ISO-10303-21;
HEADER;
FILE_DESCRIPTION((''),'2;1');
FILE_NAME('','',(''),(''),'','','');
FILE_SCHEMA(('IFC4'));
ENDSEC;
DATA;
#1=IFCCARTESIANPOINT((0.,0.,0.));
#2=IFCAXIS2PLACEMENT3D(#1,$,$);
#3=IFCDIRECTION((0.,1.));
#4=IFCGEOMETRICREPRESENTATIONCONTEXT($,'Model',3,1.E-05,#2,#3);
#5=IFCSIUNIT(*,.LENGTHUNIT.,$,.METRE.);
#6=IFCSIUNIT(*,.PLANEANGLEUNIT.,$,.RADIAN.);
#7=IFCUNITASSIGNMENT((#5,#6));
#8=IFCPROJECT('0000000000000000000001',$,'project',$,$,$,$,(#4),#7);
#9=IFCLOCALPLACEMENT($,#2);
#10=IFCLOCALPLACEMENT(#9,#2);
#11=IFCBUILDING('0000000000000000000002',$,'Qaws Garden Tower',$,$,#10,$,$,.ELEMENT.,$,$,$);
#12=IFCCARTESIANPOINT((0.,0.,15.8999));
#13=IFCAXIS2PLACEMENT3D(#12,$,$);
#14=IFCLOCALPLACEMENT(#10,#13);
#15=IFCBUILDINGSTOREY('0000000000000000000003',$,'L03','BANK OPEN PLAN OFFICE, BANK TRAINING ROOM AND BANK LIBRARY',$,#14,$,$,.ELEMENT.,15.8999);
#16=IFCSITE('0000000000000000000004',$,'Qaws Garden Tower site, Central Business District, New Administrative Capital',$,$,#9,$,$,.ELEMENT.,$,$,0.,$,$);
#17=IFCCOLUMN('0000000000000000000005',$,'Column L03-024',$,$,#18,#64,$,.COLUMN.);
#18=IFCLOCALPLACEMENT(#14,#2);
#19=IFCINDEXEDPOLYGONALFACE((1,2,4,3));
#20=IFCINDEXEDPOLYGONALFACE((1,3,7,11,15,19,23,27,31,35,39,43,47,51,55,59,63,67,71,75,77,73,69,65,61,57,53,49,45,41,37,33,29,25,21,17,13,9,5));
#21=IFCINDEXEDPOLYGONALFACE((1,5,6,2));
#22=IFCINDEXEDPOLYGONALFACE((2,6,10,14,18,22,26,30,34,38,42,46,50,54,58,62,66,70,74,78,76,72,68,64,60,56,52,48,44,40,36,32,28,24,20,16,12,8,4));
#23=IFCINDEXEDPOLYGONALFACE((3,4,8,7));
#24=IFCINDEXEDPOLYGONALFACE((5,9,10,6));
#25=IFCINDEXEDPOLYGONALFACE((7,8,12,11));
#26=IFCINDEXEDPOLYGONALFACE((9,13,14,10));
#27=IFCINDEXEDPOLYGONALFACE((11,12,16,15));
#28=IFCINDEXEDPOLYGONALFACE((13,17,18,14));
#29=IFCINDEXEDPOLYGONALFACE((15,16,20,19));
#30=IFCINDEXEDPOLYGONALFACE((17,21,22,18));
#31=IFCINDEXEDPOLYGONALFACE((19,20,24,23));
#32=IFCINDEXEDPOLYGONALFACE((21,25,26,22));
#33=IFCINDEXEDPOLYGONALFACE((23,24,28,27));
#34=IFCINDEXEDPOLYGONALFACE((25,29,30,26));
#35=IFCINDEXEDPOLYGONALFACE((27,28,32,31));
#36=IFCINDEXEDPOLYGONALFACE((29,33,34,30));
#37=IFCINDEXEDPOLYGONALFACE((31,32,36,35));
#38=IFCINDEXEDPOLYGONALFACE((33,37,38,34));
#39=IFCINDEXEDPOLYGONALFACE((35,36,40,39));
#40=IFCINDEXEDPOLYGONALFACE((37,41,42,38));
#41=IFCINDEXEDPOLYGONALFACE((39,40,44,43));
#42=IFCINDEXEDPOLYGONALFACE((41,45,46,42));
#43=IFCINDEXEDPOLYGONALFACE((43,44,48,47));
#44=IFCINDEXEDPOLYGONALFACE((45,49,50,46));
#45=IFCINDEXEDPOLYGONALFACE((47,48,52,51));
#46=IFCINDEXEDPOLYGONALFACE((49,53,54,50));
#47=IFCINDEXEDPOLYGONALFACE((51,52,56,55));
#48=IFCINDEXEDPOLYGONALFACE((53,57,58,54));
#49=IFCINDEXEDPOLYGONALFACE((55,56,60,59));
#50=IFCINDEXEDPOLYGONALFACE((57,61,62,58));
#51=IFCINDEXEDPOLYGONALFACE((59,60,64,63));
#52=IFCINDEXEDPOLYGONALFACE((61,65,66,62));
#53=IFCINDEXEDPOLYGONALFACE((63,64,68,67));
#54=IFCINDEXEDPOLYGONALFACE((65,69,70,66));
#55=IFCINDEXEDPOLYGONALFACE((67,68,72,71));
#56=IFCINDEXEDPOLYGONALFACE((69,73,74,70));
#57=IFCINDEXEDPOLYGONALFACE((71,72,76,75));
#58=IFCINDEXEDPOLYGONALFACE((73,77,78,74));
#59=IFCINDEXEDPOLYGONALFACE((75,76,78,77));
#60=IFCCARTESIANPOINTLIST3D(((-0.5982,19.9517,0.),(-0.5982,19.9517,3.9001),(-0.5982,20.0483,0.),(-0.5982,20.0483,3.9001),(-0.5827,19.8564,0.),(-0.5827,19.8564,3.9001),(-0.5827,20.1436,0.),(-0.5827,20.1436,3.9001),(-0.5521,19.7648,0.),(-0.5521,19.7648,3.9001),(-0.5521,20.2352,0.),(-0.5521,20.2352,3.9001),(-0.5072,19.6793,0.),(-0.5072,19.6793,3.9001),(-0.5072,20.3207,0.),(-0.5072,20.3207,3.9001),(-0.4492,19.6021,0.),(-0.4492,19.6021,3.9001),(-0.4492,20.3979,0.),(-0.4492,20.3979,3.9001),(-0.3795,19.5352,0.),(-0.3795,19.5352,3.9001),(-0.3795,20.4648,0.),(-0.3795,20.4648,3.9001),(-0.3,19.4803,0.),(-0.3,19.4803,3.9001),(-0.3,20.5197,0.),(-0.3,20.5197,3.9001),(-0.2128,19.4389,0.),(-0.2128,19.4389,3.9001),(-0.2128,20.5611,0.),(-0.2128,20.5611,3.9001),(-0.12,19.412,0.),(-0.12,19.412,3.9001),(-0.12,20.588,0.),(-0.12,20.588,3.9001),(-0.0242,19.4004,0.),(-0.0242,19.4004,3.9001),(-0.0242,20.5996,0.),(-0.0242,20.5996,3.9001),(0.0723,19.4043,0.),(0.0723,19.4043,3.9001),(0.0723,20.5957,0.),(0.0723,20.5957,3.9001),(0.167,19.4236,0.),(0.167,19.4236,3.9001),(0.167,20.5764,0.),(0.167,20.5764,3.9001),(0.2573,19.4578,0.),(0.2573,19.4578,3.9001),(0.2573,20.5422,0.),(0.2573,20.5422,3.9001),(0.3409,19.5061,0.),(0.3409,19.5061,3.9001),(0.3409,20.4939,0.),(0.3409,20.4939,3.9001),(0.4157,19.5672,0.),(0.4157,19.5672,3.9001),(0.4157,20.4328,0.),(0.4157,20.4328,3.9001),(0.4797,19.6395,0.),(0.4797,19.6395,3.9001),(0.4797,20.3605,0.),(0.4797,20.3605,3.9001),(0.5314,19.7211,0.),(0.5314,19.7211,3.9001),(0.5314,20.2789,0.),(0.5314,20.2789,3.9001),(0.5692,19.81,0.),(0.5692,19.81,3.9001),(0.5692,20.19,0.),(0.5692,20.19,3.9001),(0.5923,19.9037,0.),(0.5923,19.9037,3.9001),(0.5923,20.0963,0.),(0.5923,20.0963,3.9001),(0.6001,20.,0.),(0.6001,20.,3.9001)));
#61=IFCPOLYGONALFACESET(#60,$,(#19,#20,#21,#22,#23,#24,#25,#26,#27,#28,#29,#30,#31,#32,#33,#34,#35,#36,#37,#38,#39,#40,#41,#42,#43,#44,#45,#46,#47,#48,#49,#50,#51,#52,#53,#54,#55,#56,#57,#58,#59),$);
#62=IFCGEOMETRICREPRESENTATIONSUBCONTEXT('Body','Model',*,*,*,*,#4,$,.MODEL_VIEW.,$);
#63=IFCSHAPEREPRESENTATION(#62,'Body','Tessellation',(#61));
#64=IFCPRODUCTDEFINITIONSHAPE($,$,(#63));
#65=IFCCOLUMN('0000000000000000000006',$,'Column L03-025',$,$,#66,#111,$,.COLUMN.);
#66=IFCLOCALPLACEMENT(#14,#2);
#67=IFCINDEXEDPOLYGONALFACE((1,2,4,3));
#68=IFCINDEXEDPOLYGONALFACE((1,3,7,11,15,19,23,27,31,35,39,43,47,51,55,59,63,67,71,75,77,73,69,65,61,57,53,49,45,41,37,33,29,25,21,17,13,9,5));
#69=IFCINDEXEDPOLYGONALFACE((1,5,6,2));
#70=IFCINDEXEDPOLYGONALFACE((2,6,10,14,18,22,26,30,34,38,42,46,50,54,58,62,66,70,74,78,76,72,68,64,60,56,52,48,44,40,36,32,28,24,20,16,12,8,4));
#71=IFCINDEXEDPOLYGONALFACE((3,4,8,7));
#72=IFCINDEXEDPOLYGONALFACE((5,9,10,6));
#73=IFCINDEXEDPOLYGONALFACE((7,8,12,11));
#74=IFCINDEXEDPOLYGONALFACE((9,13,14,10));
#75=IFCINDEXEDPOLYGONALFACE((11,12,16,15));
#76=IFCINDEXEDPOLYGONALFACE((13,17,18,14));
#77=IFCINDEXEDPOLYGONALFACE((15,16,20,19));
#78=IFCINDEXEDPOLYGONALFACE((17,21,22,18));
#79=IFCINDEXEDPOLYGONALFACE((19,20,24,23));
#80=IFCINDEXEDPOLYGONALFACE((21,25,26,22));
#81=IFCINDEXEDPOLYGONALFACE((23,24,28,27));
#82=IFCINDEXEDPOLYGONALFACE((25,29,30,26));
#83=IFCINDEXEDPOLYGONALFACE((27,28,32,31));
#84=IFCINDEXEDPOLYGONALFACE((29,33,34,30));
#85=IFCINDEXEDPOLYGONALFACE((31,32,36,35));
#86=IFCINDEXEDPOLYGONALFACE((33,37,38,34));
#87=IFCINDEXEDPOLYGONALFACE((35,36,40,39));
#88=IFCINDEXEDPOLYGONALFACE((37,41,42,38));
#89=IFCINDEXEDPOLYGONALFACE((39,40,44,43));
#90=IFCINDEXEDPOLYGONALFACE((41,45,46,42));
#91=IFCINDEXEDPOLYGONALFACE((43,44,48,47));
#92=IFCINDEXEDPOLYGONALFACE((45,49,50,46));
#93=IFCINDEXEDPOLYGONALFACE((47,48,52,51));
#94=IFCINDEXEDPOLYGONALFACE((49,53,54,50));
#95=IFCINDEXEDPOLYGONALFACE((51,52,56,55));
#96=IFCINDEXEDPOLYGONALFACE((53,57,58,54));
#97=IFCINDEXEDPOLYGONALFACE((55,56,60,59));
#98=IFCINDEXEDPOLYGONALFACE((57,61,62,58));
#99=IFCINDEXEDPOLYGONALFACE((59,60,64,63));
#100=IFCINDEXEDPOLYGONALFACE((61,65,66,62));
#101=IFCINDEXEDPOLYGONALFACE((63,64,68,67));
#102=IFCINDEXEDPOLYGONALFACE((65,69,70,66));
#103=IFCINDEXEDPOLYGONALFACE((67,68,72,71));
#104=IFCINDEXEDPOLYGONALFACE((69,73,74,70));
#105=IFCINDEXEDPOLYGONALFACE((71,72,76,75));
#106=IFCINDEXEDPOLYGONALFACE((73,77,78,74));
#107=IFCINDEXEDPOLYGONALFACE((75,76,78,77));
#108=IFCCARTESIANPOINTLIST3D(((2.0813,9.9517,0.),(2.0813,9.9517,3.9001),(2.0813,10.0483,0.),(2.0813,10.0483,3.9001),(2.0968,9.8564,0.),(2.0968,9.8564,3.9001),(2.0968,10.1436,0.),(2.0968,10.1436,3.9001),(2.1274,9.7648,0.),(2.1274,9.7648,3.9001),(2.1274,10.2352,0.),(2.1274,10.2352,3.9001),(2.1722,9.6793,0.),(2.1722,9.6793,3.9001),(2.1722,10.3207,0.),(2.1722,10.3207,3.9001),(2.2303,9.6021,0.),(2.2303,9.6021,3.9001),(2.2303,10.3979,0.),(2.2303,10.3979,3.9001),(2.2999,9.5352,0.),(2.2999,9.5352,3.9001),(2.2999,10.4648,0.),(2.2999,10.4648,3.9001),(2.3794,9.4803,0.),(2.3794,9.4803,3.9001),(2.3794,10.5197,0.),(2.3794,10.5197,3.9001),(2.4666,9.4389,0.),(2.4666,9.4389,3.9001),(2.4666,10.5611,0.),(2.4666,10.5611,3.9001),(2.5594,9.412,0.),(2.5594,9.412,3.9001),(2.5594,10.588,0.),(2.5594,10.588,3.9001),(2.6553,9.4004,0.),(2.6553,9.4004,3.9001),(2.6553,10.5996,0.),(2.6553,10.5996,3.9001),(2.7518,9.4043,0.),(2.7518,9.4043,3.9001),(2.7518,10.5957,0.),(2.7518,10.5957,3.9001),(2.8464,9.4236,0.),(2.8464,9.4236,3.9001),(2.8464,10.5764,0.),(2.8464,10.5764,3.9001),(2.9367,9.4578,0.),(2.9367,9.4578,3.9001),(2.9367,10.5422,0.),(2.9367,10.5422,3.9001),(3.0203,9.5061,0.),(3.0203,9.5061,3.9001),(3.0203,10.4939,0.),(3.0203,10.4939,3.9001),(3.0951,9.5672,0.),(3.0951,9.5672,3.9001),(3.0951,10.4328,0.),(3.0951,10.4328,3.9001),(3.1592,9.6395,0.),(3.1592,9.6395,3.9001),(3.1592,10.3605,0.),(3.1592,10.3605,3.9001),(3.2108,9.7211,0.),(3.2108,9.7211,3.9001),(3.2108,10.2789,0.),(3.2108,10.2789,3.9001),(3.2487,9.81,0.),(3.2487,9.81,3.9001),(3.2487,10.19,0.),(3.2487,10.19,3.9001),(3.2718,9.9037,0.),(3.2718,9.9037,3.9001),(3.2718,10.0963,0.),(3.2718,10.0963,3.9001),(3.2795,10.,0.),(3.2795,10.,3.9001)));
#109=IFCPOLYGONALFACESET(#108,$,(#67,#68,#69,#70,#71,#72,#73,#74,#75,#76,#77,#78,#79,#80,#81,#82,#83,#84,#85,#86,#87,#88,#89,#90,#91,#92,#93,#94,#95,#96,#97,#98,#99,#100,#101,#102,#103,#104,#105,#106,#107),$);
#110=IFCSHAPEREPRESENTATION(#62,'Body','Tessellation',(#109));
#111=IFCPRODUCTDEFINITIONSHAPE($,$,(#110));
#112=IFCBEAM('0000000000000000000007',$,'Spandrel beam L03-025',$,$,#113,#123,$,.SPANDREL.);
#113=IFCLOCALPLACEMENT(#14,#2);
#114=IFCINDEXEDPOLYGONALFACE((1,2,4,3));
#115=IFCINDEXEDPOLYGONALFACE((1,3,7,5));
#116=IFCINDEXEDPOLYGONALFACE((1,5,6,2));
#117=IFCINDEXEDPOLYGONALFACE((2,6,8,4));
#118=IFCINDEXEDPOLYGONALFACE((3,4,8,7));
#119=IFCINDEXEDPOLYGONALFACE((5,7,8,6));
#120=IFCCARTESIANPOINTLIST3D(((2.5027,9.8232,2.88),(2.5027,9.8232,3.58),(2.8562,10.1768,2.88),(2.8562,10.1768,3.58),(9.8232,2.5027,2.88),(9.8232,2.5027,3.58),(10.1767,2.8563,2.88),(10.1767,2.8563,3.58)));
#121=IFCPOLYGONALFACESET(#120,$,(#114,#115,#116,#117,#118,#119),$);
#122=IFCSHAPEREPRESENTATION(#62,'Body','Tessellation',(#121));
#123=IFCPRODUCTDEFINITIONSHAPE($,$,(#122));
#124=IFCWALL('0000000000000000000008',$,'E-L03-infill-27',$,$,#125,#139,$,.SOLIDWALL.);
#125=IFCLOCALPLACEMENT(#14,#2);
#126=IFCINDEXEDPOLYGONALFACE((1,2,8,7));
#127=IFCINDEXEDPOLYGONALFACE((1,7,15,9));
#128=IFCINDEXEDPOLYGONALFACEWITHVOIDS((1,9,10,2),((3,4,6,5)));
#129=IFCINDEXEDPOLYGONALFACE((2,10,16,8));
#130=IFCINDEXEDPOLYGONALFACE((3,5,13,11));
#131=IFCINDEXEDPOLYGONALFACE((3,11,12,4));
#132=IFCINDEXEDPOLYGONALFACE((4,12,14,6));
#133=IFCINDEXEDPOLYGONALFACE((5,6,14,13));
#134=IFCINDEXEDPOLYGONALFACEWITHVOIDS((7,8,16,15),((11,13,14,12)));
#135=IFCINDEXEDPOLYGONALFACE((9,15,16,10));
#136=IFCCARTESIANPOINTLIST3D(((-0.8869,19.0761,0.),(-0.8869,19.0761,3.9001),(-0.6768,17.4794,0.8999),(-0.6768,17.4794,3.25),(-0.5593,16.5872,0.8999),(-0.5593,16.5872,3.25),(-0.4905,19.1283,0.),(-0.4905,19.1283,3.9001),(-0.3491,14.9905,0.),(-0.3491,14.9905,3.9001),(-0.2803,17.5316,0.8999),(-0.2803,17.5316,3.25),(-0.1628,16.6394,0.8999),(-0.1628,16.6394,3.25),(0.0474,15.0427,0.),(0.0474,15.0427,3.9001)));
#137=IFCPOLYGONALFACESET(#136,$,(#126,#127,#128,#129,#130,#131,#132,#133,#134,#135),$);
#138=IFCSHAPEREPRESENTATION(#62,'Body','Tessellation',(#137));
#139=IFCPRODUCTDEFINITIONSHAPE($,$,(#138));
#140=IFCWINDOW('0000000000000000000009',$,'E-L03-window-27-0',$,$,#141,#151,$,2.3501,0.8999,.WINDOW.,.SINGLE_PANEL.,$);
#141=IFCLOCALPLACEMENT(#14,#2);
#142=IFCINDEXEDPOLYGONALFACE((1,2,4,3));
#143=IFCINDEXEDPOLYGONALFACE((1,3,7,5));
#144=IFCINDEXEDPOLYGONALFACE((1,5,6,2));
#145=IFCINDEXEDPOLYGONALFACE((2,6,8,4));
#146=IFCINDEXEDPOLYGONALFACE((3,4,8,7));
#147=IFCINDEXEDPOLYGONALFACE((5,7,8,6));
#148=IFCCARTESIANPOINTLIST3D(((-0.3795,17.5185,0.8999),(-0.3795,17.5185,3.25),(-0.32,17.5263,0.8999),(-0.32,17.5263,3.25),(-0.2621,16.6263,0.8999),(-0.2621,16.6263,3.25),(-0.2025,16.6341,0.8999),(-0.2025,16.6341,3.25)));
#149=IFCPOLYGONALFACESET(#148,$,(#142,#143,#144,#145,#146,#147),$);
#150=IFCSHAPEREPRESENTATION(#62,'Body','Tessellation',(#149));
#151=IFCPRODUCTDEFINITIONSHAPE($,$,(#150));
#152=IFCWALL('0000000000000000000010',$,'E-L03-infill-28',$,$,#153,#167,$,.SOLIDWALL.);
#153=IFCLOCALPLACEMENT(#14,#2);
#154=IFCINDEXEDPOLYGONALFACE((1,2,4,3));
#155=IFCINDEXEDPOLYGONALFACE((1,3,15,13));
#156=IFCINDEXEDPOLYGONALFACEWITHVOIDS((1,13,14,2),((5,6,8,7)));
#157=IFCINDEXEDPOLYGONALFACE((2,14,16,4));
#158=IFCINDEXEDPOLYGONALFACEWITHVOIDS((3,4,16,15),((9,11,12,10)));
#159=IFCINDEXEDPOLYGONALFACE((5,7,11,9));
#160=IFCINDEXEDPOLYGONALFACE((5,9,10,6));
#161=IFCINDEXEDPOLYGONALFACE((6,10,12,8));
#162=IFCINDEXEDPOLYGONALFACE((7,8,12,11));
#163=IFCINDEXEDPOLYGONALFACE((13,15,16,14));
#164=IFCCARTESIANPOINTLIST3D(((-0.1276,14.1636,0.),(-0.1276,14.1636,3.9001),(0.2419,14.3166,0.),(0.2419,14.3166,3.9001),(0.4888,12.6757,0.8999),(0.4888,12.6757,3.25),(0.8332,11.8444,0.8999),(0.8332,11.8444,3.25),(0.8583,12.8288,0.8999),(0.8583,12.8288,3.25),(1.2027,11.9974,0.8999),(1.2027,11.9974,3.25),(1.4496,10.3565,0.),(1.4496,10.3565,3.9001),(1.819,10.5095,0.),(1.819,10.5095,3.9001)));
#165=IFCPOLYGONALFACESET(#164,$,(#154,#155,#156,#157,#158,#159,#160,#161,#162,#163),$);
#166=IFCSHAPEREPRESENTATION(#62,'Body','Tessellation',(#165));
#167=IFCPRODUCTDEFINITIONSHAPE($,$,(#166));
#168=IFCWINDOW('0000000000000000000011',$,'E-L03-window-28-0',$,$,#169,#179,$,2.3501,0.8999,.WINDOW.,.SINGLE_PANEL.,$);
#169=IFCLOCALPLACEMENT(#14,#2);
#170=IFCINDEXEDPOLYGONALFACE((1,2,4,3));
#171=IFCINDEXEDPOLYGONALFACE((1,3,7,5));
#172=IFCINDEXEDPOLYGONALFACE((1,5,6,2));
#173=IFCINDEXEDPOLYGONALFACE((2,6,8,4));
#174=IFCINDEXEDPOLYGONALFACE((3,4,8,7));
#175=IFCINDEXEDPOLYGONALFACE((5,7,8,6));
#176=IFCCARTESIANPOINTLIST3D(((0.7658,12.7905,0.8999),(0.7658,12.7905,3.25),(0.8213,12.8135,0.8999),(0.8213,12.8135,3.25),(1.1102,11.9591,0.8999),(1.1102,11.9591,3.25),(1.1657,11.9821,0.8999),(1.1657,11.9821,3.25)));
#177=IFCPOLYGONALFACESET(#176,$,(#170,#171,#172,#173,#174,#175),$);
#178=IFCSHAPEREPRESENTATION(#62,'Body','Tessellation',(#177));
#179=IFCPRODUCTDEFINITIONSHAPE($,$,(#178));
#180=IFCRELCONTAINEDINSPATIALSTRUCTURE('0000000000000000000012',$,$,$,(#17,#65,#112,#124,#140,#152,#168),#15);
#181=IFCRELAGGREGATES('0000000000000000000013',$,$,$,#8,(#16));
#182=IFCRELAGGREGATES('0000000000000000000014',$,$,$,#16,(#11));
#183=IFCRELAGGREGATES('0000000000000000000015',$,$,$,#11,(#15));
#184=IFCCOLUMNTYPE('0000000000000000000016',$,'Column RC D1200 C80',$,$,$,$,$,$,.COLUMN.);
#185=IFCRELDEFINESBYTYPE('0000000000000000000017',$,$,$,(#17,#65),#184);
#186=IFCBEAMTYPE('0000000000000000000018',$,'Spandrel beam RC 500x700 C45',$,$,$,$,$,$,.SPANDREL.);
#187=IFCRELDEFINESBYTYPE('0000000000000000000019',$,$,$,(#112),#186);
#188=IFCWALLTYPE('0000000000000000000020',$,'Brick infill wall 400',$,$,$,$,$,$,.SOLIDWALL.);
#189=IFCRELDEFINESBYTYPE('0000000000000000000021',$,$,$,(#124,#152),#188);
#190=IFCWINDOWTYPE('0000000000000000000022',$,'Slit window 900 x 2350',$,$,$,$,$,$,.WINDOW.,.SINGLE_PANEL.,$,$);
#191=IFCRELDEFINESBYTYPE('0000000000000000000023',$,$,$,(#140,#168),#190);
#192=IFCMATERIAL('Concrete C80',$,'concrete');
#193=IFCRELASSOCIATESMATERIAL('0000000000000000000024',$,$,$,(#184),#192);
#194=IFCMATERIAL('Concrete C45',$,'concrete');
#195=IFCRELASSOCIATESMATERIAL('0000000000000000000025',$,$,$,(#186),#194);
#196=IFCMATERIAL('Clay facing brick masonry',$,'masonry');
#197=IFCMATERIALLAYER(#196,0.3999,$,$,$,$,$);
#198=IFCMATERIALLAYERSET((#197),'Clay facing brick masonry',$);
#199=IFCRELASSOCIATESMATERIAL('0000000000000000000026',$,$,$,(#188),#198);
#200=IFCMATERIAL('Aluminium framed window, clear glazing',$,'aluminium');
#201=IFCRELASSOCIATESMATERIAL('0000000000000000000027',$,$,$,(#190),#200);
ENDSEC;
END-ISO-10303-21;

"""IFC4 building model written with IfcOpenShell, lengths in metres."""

from ifc_helpers import new_model, si_unit, direction, frame, frame_2d, origin, origin_2d, place, context, subcontext, project, spatial, rectangle, circle, extrude, material, layer, layer_set, material_profile, profile_set, type_object, element, fill, save


model = new_model("IFC4")

# Units and contexts
model_context = context("Model", 3, precision=1e-05, world=origin(), true_north=direction((0.0, 1.0)))
body_context = subcontext(model_context, "Body", "Model", "MODEL_VIEW")
ifc_project = project(units=[si_unit("LENGTHUNIT", "METRE"), si_unit("PLANEANGLEUNIT", "RADIAN")], contexts=[model_context])

# Site, building, storey
site_placement = place(None, origin())
site = spatial("IfcSite", under=ifc_project, at=site_placement, Name="Qaws Garden Tower site, Central Business District, New Administrative Capital", CompositionType="ELEMENT", RefElevation=0.0)
building_placement = place(site_placement, origin())
building = spatial("IfcBuilding", under=site, at=building_placement, Name="Qaws Garden Tower", CompositionType="ELEMENT")
storey_placement = place(building_placement, frame((0.0, 0.0, 15.8999)))
storey = spatial("IfcBuildingStorey", under=building, at=storey_placement, Name="L03", Description="BANK OPEN PLAN OFFICE, BANK TRAINING ROOM AND BANK LIBRARY", CompositionType="ELEMENT", Elevation=15.8999)

# Columns
ifc_material_1 = material(Name="Concrete C80", Category="concrete")
ifc_material_profile_1 = material_profile(ifc_material_1, circle(Radius=0.6001, at=origin_2d()), Name="RC D1200")
ifc_profile_set_1 = profile_set([ifc_material_profile_1], Name="Concrete C80")
column_type = type_object("IfcColumnType", Name="Column RC D1200 C80", PredefinedType="COLUMN", material=ifc_profile_set_1)
for number, where, z_axis, x_axis, name in (
    (1, (0.0, 20.0, 0.0), (0.0, 0.0, 1.0), (1.0, 0.0, 0.0), "Column L03-024"),
    (2, (2.6794, 10.0, 0.0), (0.0, 0.0, 1.0), (1.0, 0.0, 0.0), "Column L03-025"),
):
    element("IfcColumn", number, at=place(storey_placement, frame(where, z_axis=z_axis, x_axis=x_axis)), inside=storey, type_object=column_type, Name=name, PredefinedType="COLUMN", context=body_context, shape_type="SweptSolid", body=[
        extrude(circle(Radius=0.6001, at=origin_2d()), origin(), (0.0, 0.0, 1.0), 3.9001),
    ])

# Beam
ifc_material_2 = material(Name="Concrete C45", Category="concrete")
ifc_material_profile_2 = material_profile(ifc_material_2, rectangle(XDim=0.5, YDim=0.7, at=origin_2d()), Name="RC 500x700")
ifc_profile_set_2 = profile_set([ifc_material_profile_2], Name="Concrete C45")
beam_type = type_object("IfcBeamType", Name="Spandrel beam RC 500x700 C45", PredefinedType="SPANDREL", material=ifc_profile_set_2)
beam_placement = place(storey_placement, frame((2.6794, 10.0, 3.23), z_axis=(0.707107, -0.707107, 0.0), x_axis=(0.707107, 0.707107, 0.0)))
element("IfcBeam", 3, at=beam_placement, inside=storey, type_object=beam_type, Name="Spandrel beam L03-025", PredefinedType="SPANDREL", context=body_context, shape_type="SweptSolid", body=[
    extrude(rectangle(XDim=0.5, YDim=0.7, at=origin_2d()), origin(), (0.0, 0.0, 1.0), 10.3528),
])

# Walls, openings, windows
ifc_material_3 = material(Name="Clay facing brick masonry", Category="masonry")
ifc_layer_1 = layer(ifc_material_3, 0.3999)
ifc_layer_set_1 = layer_set([ifc_layer_1], Name="Clay facing brick masonry")
wall_type_1 = type_object("IfcWallType", Name="Brick infill wall 400", PredefinedType="SOLIDWALL", material=ifc_layer_set_1)
wall_1_placement = place(storey_placement, frame((-0.6887, 19.1023, 0.0), z_axis=(0.0, 0.0, 1.0), x_axis=(0.130514, -0.991446, 0.0)))
wall_1 = element("IfcWall", 4, at=wall_1_placement, inside=storey, type_object=wall_type_1, Name="E-L03-infill-27", PredefinedType="SOLIDWALL", context=body_context, shape_type="SweptSolid", body=[
    extrude(rectangle(XDim=4.1208, YDim=0.3999, at=frame_2d((2.0605, 0.0))), origin(), (0.0, 0.0, 1.0), 3.9001),
])
opening_1_placement = place(wall_1_placement, frame((1.6106, 0.0, 0.8999)))
opening_1 = element("IfcOpeningElement", 5, at=opening_1_placement, cuts=wall_1, PredefinedType="OPENING", context=body_context, shape_type="SweptSolid", body=[
    extrude(rectangle(XDim=0.8999, YDim=2.3501, at=frame_2d((0.45, 1.175))), frame((0.0, 0.21, 0.0), z_axis=(0.0, -1.0, 0.0), x_axis=(1.0, 0.0, 0.0)), (0.0, 0.0, 1.0), 0.4199),
])
ifc_material_4 = material(Name="Aluminium framed window, clear glazing", Category="aluminium")
window_type = type_object("IfcWindowType", Name="Slit window 900 x 2350", PartitioningType="SINGLE_PANEL", PredefinedType="WINDOW", material=ifc_material_4)
window_1_placement = place(opening_1_placement, origin())
window_1 = element("IfcWindow", 6, at=window_1_placement, inside=storey, type_object=window_type, Name="E-L03-window-27-0", OverallHeight=2.3501, OverallWidth=0.8999, PartitioningType="SINGLE_PANEL", PredefinedType="WINDOW", context=body_context, shape_type="SweptSolid", body=[
    extrude(rectangle(XDim=0.8999, YDim=2.3501, at=frame_2d((0.45, 1.175))), frame((0.0, 0.1599, 0.0), z_axis=(0.0, -1.0, 0.0), x_axis=(1.0, 0.0, 0.0)), (0.0, 0.0, 1.0), 0.0601),
])
fill(opening_1, window_1)
wall_2_placement = place(storey_placement, frame((0.0571, 14.2402, 0.0), z_axis=(0.0, 0.0, 1.0), x_axis=(0.382722, -0.923864, 0.0)))
wall_2 = element("IfcWall", 7, at=wall_2_placement, inside=storey, type_object=wall_type_1, Name="E-L03-infill-28", PredefinedType="SOLIDWALL", context=body_context, shape_type="SweptSolid", body=[
    extrude(rectangle(XDim=4.1208, YDim=0.3999, at=frame_2d((2.0605, 0.0))), origin(), (0.0, 0.0, 1.0), 3.9001),
])
opening_2_placement = place(wall_2_placement, frame((1.6106, 0.0, 0.8999)))
opening_2 = element("IfcOpeningElement", 8, at=opening_2_placement, cuts=wall_2, PredefinedType="OPENING", context=body_context, shape_type="SweptSolid", body=[
    extrude(rectangle(XDim=0.8999, YDim=2.3501, at=frame_2d((0.45, 1.175))), frame((0.0, 0.21, 0.0), z_axis=(0.0, -1.0, 0.0), x_axis=(1.0, 0.0, 0.0)), (0.0, 0.0, 1.0), 0.4199),
])
window_2_placement = place(opening_2_placement, origin())
window_2 = element("IfcWindow", 9, at=window_2_placement, inside=storey, type_object=window_type, Name="E-L03-window-28-0", OverallHeight=2.3501, OverallWidth=0.8999, PartitioningType="SINGLE_PANEL", PredefinedType="WINDOW", context=body_context, shape_type="SweptSolid", body=[
    extrude(rectangle(XDim=0.8999, YDim=2.3501, at=frame_2d((0.45, 1.175))), frame((0.0, 0.1599, 0.0), z_axis=(0.0, -1.0, 0.0), x_axis=(1.0, 0.0, 0.0)), (0.0, 0.0, 1.0), 0.0601),
])
fill(opening_2, window_2)

save(model, "model.ifc")
